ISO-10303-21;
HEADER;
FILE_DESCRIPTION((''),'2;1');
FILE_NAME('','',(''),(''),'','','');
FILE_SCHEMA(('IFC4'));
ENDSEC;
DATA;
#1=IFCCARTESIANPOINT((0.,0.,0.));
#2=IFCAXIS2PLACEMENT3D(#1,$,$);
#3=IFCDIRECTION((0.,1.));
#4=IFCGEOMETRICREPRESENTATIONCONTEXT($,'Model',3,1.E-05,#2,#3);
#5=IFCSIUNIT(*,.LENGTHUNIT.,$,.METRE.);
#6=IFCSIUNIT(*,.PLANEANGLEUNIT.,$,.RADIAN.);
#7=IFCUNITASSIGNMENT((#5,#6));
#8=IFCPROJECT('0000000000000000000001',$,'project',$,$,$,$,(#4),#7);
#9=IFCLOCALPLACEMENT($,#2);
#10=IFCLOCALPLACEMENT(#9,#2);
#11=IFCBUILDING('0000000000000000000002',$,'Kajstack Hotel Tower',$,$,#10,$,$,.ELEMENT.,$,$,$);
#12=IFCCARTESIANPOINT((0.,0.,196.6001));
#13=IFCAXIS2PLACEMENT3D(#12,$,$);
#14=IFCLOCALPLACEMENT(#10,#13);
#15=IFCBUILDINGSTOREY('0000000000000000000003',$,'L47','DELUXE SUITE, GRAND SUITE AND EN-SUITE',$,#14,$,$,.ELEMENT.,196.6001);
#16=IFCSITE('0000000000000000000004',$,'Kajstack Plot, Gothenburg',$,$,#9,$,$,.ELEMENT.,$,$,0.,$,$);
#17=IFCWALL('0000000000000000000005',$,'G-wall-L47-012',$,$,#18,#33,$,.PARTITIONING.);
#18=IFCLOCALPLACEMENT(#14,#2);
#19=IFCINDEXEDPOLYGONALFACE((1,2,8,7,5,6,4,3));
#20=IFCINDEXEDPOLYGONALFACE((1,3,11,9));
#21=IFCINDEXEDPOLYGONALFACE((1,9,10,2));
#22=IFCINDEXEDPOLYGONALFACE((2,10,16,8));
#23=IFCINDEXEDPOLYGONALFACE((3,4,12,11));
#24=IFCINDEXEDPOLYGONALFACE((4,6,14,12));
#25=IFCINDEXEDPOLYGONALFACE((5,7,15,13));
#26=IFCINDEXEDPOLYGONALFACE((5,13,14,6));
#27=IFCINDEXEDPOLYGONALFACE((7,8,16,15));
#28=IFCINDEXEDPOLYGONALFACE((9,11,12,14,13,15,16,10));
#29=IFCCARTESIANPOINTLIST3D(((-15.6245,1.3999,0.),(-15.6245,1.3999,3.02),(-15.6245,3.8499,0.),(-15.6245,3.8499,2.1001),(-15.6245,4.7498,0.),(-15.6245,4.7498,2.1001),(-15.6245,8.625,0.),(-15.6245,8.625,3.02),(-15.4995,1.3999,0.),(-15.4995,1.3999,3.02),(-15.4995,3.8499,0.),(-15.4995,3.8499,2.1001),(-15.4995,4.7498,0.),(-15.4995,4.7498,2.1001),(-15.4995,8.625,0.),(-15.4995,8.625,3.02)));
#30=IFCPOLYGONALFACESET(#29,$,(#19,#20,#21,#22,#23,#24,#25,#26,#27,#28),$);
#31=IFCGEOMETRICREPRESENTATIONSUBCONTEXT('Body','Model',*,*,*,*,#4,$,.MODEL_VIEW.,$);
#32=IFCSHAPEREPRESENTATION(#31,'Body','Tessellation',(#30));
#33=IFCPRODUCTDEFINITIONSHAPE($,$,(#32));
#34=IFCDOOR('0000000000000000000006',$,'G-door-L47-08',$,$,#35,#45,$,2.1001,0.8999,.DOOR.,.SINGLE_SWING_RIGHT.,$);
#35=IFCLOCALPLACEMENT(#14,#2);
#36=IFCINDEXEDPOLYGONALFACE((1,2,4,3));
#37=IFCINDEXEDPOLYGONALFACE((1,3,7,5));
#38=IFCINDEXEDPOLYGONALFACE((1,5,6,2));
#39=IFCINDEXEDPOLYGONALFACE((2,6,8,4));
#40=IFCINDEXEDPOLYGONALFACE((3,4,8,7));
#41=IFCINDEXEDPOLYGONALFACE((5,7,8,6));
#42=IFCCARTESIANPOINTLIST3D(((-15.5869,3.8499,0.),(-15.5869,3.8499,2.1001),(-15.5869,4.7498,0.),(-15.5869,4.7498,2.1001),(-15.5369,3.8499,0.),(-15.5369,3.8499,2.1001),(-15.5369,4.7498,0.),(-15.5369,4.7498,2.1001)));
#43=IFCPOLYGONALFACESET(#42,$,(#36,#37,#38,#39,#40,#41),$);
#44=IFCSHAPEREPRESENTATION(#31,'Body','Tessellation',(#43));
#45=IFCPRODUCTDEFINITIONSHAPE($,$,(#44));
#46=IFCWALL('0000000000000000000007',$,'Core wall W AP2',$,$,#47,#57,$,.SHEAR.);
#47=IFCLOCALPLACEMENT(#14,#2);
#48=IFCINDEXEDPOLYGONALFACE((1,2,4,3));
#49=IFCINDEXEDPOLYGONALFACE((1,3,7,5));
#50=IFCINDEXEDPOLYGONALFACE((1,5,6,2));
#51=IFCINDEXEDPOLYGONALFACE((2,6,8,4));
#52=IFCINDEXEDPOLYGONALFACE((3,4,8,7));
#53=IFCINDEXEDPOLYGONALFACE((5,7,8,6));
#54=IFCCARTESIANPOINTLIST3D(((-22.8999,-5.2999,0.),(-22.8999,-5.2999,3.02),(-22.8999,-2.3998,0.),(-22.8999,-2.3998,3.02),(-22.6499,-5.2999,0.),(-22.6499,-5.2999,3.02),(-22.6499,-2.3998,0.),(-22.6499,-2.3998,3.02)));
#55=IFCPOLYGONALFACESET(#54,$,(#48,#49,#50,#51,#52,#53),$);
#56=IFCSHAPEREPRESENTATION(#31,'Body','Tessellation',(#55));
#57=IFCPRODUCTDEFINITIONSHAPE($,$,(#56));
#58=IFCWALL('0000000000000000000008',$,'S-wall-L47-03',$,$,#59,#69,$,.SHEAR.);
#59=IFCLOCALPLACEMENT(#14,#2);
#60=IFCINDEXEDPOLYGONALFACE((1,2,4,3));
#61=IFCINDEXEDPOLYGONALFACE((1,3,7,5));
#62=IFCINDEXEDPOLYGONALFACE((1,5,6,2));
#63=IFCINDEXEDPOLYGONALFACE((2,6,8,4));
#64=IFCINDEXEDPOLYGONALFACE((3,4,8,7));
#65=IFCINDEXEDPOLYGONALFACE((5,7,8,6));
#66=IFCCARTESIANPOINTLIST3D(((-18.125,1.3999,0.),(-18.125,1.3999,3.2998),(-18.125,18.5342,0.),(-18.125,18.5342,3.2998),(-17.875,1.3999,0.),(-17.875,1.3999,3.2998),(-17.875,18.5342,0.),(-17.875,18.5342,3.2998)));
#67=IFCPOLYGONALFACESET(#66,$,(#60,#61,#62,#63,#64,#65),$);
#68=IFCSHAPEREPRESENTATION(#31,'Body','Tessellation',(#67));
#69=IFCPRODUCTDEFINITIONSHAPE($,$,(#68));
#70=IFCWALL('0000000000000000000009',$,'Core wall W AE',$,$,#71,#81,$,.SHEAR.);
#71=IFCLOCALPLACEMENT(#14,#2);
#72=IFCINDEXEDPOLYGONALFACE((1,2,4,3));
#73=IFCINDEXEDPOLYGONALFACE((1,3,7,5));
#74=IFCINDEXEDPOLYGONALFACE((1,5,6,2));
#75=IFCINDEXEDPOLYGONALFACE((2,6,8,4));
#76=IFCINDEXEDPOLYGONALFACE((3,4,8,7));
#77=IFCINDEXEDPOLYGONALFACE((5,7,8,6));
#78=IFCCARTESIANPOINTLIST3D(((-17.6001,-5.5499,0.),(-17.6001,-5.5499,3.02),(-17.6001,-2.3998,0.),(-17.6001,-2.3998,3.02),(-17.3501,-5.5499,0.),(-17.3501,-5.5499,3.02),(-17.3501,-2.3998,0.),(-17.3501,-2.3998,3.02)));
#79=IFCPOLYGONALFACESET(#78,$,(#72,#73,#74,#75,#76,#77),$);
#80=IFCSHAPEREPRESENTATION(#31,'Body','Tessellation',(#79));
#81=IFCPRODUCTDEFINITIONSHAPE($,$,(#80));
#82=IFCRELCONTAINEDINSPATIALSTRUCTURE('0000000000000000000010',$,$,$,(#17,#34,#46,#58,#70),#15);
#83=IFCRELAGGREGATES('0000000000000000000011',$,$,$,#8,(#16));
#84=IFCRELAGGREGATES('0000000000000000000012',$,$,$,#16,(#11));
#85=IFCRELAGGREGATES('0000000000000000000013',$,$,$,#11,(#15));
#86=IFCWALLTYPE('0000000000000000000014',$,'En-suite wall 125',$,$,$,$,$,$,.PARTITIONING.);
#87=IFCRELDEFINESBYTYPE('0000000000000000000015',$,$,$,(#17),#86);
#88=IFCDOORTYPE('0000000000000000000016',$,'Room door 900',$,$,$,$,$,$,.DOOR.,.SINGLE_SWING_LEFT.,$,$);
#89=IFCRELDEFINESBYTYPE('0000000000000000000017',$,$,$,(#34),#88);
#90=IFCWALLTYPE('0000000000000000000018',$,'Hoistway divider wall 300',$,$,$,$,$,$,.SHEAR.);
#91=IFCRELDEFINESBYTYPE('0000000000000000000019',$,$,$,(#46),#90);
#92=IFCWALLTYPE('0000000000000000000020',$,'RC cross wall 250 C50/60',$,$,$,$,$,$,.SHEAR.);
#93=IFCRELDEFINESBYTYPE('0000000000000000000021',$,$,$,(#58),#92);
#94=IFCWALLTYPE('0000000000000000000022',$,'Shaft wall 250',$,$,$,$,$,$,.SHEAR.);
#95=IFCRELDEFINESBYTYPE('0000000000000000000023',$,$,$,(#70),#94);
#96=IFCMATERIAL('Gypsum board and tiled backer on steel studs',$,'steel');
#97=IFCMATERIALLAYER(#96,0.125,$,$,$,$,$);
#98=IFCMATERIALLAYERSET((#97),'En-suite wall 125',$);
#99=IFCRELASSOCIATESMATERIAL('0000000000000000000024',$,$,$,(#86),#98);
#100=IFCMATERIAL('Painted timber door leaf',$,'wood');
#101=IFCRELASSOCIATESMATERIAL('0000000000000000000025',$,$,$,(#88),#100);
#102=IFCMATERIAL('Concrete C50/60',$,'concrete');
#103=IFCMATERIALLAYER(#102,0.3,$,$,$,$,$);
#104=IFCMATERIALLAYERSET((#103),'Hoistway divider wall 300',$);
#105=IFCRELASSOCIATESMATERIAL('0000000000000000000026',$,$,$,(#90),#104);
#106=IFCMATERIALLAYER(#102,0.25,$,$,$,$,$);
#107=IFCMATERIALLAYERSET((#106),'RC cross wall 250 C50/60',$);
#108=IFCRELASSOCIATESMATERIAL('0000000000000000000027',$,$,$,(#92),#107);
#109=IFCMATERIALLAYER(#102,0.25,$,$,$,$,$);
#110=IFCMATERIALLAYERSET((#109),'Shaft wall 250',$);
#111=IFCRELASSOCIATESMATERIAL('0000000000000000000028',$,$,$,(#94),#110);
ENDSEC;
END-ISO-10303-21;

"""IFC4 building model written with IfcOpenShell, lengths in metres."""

from ifc_helpers import new_model, si_unit, direction, frame, frame_2d, origin, place, context, subcontext, project, spatial, rectangle, extrude, material, layer, layer_set, type_object, element, fill, save


model = new_model("IFC4")

# Units and contexts
model_context = context("Model", 3, precision=1e-05, world=origin(), true_north=direction((0.0, 1.0)))
body_context = subcontext(model_context, "Body", "Model", "MODEL_VIEW")
ifc_project = project(units=[si_unit("LENGTHUNIT", "METRE"), si_unit("PLANEANGLEUNIT", "RADIAN")], contexts=[model_context])

# Site, building, storey
site_placement = place(None, origin())
site = spatial("IfcSite", under=ifc_project, at=site_placement, Name="Kajstack Plot, Gothenburg", CompositionType="ELEMENT", RefElevation=0.0)
building_placement = place(site_placement, origin())
building = spatial("IfcBuilding", under=site, at=building_placement, Name="Kajstack Hotel Tower", CompositionType="ELEMENT")
storey_placement = place(building_placement, frame((0.0, 0.0, 196.6001)))
storey = spatial("IfcBuildingStorey", under=building, at=storey_placement, Name="L47", Description="DELUXE SUITE, GRAND SUITE AND EN-SUITE", CompositionType="ELEMENT", Elevation=196.6001)

# Wall, opening, door
ifc_material_1 = material(Name="Gypsum board and tiled backer on steel studs", Category="steel")
ifc_layer_1 = layer(ifc_material_1, 0.125)
ifc_layer_set_1 = layer_set([ifc_layer_1], Name="En-suite wall 125")
wall_type_1 = type_object("IfcWallType", Name="En-suite wall 125", PredefinedType="PARTITIONING", material=ifc_layer_set_1)
ifc_material_2 = material(Name="Painted timber door leaf", Category="wood")
door_type_1 = type_object("IfcDoorType", Name="Room door 900", OperationType="SINGLE_SWING_LEFT", PredefinedType="DOOR", material=ifc_material_2)
wall_1_placement = place(storey_placement, frame((-15.562, 1.3999, 0.0), z_axis=(0.0, 0.0, 1.0), x_axis=(0.0, 1.0, 0.0)))
wall_1 = element("IfcWall", 1, at=wall_1_placement, inside=storey, type_object=wall_type_1, Name="G-wall-L47-012", PredefinedType="PARTITIONING", context=body_context, shape_type="SweptSolid", body=[
    extrude(rectangle(XDim=7.2251, YDim=0.125, at=frame_2d((3.6125, 0.0))), origin(), (0.0, 0.0, 1.0), 3.02),
])
opening_1_placement = place(wall_1_placement, frame((2.45, 0.0, 0.0)))
opening_1 = element("IfcOpeningElement", 2, at=opening_1_placement, cuts=wall_1, PredefinedType="OPENING", context=body_context, shape_type="SweptSolid", body=[
    extrude(rectangle(XDim=0.8999, YDim=2.1001, at=frame_2d((0.45, 1.05))), frame((0.0, 0.0725, 0.0), z_axis=(0.0, -1.0, 0.0), x_axis=(1.0, 0.0, 0.0)), (0.0, 0.0, 1.0), 0.145),
])
door_1_placement = place(opening_1_placement, origin())
door_1 = element("IfcDoor", 3, at=door_1_placement, inside=storey, type_object=door_type_1, Name="G-door-L47-08", OperationType="SINGLE_SWING_RIGHT", OverallHeight=2.1001, OverallWidth=0.8999, PredefinedType="DOOR", context=body_context, shape_type="SweptSolid", body=[
    extrude(rectangle(XDim=0.8999, YDim=2.1001, at=frame_2d((0.45, 1.05))), frame((0.0, 0.0249, 0.0), z_axis=(0.0, -1.0, 0.0), x_axis=(1.0, 0.0, 0.0)), (0.0, 0.0, 1.0), 0.05),
])
fill(opening_1, door_1)

# Walls
ifc_material_3 = material(Name="Concrete C50/60", Category="concrete")
ifc_layer_2 = layer(ifc_material_3, 0.3)
ifc_layer_set_2 = layer_set([ifc_layer_2], Name="Hoistway divider wall 300")
wall_type_2 = type_object("IfcWallType", Name="Hoistway divider wall 300", PredefinedType="SHEAR", material=ifc_layer_set_2)
wall_2_placement = place(storey_placement, frame((-22.7749, -5.3, 0.0), z_axis=(0.0, 0.0, 1.0), x_axis=(0.0, 1.0, 0.0)))
element("IfcWall", 4, at=wall_2_placement, inside=storey, type_object=wall_type_2, Name="Core wall W AP2", PredefinedType="SHEAR", context=body_context, shape_type="SweptSolid", body=[
    extrude(rectangle(XDim=2.9001, YDim=0.25, at=frame_2d((1.4502, 0.0))), origin(), (0.0, 0.0, 1.0), 3.02),
])
ifc_layer_3 = layer(ifc_material_3, 0.25)
ifc_layer_set_3 = layer_set([ifc_layer_3], Name="RC cross wall 250 C50/60")
wall_type_3 = type_object("IfcWallType", Name="RC cross wall 250 C50/60", PredefinedType="SHEAR", material=ifc_layer_set_3)
wall_3_placement = place(storey_placement, frame((-18.0, 1.3999, 0.0), z_axis=(0.0, 0.0, 1.0), x_axis=(0.0, 1.0, 0.0)))
element("IfcWall", 5, at=wall_3_placement, inside=storey, type_object=wall_type_3, Name="S-wall-L47-03", PredefinedType="SHEAR", context=body_context, shape_type="SweptSolid", body=[
    extrude(rectangle(XDim=17.1343, YDim=0.25, at=frame_2d((8.5671, 0.0))), origin(), (0.0, 0.0, 1.0), 3.2998),
])
ifc_layer_4 = layer(ifc_material_3, 0.25)
ifc_layer_set_4 = layer_set([ifc_layer_4], Name="Shaft wall 250")
wall_type_4 = type_object("IfcWallType", Name="Shaft wall 250", PredefinedType="SHEAR", material=ifc_layer_set_4)
wall_4_placement = place(storey_placement, frame((-17.4751, -5.55, 0.0), z_axis=(0.0, 0.0, 1.0), x_axis=(0.0, 1.0, 0.0)))
element("IfcWall", 6, at=wall_4_placement, inside=storey, type_object=wall_type_4, Name="Core wall W AE", PredefinedType="SHEAR", context=body_context, shape_type="SweptSolid", body=[
    extrude(rectangle(XDim=3.1501, YDim=0.25, at=frame_2d((1.5752, 0.0))), origin(), (0.0, 0.0, 1.0), 3.02),
])

save(model, "model.ifc")
